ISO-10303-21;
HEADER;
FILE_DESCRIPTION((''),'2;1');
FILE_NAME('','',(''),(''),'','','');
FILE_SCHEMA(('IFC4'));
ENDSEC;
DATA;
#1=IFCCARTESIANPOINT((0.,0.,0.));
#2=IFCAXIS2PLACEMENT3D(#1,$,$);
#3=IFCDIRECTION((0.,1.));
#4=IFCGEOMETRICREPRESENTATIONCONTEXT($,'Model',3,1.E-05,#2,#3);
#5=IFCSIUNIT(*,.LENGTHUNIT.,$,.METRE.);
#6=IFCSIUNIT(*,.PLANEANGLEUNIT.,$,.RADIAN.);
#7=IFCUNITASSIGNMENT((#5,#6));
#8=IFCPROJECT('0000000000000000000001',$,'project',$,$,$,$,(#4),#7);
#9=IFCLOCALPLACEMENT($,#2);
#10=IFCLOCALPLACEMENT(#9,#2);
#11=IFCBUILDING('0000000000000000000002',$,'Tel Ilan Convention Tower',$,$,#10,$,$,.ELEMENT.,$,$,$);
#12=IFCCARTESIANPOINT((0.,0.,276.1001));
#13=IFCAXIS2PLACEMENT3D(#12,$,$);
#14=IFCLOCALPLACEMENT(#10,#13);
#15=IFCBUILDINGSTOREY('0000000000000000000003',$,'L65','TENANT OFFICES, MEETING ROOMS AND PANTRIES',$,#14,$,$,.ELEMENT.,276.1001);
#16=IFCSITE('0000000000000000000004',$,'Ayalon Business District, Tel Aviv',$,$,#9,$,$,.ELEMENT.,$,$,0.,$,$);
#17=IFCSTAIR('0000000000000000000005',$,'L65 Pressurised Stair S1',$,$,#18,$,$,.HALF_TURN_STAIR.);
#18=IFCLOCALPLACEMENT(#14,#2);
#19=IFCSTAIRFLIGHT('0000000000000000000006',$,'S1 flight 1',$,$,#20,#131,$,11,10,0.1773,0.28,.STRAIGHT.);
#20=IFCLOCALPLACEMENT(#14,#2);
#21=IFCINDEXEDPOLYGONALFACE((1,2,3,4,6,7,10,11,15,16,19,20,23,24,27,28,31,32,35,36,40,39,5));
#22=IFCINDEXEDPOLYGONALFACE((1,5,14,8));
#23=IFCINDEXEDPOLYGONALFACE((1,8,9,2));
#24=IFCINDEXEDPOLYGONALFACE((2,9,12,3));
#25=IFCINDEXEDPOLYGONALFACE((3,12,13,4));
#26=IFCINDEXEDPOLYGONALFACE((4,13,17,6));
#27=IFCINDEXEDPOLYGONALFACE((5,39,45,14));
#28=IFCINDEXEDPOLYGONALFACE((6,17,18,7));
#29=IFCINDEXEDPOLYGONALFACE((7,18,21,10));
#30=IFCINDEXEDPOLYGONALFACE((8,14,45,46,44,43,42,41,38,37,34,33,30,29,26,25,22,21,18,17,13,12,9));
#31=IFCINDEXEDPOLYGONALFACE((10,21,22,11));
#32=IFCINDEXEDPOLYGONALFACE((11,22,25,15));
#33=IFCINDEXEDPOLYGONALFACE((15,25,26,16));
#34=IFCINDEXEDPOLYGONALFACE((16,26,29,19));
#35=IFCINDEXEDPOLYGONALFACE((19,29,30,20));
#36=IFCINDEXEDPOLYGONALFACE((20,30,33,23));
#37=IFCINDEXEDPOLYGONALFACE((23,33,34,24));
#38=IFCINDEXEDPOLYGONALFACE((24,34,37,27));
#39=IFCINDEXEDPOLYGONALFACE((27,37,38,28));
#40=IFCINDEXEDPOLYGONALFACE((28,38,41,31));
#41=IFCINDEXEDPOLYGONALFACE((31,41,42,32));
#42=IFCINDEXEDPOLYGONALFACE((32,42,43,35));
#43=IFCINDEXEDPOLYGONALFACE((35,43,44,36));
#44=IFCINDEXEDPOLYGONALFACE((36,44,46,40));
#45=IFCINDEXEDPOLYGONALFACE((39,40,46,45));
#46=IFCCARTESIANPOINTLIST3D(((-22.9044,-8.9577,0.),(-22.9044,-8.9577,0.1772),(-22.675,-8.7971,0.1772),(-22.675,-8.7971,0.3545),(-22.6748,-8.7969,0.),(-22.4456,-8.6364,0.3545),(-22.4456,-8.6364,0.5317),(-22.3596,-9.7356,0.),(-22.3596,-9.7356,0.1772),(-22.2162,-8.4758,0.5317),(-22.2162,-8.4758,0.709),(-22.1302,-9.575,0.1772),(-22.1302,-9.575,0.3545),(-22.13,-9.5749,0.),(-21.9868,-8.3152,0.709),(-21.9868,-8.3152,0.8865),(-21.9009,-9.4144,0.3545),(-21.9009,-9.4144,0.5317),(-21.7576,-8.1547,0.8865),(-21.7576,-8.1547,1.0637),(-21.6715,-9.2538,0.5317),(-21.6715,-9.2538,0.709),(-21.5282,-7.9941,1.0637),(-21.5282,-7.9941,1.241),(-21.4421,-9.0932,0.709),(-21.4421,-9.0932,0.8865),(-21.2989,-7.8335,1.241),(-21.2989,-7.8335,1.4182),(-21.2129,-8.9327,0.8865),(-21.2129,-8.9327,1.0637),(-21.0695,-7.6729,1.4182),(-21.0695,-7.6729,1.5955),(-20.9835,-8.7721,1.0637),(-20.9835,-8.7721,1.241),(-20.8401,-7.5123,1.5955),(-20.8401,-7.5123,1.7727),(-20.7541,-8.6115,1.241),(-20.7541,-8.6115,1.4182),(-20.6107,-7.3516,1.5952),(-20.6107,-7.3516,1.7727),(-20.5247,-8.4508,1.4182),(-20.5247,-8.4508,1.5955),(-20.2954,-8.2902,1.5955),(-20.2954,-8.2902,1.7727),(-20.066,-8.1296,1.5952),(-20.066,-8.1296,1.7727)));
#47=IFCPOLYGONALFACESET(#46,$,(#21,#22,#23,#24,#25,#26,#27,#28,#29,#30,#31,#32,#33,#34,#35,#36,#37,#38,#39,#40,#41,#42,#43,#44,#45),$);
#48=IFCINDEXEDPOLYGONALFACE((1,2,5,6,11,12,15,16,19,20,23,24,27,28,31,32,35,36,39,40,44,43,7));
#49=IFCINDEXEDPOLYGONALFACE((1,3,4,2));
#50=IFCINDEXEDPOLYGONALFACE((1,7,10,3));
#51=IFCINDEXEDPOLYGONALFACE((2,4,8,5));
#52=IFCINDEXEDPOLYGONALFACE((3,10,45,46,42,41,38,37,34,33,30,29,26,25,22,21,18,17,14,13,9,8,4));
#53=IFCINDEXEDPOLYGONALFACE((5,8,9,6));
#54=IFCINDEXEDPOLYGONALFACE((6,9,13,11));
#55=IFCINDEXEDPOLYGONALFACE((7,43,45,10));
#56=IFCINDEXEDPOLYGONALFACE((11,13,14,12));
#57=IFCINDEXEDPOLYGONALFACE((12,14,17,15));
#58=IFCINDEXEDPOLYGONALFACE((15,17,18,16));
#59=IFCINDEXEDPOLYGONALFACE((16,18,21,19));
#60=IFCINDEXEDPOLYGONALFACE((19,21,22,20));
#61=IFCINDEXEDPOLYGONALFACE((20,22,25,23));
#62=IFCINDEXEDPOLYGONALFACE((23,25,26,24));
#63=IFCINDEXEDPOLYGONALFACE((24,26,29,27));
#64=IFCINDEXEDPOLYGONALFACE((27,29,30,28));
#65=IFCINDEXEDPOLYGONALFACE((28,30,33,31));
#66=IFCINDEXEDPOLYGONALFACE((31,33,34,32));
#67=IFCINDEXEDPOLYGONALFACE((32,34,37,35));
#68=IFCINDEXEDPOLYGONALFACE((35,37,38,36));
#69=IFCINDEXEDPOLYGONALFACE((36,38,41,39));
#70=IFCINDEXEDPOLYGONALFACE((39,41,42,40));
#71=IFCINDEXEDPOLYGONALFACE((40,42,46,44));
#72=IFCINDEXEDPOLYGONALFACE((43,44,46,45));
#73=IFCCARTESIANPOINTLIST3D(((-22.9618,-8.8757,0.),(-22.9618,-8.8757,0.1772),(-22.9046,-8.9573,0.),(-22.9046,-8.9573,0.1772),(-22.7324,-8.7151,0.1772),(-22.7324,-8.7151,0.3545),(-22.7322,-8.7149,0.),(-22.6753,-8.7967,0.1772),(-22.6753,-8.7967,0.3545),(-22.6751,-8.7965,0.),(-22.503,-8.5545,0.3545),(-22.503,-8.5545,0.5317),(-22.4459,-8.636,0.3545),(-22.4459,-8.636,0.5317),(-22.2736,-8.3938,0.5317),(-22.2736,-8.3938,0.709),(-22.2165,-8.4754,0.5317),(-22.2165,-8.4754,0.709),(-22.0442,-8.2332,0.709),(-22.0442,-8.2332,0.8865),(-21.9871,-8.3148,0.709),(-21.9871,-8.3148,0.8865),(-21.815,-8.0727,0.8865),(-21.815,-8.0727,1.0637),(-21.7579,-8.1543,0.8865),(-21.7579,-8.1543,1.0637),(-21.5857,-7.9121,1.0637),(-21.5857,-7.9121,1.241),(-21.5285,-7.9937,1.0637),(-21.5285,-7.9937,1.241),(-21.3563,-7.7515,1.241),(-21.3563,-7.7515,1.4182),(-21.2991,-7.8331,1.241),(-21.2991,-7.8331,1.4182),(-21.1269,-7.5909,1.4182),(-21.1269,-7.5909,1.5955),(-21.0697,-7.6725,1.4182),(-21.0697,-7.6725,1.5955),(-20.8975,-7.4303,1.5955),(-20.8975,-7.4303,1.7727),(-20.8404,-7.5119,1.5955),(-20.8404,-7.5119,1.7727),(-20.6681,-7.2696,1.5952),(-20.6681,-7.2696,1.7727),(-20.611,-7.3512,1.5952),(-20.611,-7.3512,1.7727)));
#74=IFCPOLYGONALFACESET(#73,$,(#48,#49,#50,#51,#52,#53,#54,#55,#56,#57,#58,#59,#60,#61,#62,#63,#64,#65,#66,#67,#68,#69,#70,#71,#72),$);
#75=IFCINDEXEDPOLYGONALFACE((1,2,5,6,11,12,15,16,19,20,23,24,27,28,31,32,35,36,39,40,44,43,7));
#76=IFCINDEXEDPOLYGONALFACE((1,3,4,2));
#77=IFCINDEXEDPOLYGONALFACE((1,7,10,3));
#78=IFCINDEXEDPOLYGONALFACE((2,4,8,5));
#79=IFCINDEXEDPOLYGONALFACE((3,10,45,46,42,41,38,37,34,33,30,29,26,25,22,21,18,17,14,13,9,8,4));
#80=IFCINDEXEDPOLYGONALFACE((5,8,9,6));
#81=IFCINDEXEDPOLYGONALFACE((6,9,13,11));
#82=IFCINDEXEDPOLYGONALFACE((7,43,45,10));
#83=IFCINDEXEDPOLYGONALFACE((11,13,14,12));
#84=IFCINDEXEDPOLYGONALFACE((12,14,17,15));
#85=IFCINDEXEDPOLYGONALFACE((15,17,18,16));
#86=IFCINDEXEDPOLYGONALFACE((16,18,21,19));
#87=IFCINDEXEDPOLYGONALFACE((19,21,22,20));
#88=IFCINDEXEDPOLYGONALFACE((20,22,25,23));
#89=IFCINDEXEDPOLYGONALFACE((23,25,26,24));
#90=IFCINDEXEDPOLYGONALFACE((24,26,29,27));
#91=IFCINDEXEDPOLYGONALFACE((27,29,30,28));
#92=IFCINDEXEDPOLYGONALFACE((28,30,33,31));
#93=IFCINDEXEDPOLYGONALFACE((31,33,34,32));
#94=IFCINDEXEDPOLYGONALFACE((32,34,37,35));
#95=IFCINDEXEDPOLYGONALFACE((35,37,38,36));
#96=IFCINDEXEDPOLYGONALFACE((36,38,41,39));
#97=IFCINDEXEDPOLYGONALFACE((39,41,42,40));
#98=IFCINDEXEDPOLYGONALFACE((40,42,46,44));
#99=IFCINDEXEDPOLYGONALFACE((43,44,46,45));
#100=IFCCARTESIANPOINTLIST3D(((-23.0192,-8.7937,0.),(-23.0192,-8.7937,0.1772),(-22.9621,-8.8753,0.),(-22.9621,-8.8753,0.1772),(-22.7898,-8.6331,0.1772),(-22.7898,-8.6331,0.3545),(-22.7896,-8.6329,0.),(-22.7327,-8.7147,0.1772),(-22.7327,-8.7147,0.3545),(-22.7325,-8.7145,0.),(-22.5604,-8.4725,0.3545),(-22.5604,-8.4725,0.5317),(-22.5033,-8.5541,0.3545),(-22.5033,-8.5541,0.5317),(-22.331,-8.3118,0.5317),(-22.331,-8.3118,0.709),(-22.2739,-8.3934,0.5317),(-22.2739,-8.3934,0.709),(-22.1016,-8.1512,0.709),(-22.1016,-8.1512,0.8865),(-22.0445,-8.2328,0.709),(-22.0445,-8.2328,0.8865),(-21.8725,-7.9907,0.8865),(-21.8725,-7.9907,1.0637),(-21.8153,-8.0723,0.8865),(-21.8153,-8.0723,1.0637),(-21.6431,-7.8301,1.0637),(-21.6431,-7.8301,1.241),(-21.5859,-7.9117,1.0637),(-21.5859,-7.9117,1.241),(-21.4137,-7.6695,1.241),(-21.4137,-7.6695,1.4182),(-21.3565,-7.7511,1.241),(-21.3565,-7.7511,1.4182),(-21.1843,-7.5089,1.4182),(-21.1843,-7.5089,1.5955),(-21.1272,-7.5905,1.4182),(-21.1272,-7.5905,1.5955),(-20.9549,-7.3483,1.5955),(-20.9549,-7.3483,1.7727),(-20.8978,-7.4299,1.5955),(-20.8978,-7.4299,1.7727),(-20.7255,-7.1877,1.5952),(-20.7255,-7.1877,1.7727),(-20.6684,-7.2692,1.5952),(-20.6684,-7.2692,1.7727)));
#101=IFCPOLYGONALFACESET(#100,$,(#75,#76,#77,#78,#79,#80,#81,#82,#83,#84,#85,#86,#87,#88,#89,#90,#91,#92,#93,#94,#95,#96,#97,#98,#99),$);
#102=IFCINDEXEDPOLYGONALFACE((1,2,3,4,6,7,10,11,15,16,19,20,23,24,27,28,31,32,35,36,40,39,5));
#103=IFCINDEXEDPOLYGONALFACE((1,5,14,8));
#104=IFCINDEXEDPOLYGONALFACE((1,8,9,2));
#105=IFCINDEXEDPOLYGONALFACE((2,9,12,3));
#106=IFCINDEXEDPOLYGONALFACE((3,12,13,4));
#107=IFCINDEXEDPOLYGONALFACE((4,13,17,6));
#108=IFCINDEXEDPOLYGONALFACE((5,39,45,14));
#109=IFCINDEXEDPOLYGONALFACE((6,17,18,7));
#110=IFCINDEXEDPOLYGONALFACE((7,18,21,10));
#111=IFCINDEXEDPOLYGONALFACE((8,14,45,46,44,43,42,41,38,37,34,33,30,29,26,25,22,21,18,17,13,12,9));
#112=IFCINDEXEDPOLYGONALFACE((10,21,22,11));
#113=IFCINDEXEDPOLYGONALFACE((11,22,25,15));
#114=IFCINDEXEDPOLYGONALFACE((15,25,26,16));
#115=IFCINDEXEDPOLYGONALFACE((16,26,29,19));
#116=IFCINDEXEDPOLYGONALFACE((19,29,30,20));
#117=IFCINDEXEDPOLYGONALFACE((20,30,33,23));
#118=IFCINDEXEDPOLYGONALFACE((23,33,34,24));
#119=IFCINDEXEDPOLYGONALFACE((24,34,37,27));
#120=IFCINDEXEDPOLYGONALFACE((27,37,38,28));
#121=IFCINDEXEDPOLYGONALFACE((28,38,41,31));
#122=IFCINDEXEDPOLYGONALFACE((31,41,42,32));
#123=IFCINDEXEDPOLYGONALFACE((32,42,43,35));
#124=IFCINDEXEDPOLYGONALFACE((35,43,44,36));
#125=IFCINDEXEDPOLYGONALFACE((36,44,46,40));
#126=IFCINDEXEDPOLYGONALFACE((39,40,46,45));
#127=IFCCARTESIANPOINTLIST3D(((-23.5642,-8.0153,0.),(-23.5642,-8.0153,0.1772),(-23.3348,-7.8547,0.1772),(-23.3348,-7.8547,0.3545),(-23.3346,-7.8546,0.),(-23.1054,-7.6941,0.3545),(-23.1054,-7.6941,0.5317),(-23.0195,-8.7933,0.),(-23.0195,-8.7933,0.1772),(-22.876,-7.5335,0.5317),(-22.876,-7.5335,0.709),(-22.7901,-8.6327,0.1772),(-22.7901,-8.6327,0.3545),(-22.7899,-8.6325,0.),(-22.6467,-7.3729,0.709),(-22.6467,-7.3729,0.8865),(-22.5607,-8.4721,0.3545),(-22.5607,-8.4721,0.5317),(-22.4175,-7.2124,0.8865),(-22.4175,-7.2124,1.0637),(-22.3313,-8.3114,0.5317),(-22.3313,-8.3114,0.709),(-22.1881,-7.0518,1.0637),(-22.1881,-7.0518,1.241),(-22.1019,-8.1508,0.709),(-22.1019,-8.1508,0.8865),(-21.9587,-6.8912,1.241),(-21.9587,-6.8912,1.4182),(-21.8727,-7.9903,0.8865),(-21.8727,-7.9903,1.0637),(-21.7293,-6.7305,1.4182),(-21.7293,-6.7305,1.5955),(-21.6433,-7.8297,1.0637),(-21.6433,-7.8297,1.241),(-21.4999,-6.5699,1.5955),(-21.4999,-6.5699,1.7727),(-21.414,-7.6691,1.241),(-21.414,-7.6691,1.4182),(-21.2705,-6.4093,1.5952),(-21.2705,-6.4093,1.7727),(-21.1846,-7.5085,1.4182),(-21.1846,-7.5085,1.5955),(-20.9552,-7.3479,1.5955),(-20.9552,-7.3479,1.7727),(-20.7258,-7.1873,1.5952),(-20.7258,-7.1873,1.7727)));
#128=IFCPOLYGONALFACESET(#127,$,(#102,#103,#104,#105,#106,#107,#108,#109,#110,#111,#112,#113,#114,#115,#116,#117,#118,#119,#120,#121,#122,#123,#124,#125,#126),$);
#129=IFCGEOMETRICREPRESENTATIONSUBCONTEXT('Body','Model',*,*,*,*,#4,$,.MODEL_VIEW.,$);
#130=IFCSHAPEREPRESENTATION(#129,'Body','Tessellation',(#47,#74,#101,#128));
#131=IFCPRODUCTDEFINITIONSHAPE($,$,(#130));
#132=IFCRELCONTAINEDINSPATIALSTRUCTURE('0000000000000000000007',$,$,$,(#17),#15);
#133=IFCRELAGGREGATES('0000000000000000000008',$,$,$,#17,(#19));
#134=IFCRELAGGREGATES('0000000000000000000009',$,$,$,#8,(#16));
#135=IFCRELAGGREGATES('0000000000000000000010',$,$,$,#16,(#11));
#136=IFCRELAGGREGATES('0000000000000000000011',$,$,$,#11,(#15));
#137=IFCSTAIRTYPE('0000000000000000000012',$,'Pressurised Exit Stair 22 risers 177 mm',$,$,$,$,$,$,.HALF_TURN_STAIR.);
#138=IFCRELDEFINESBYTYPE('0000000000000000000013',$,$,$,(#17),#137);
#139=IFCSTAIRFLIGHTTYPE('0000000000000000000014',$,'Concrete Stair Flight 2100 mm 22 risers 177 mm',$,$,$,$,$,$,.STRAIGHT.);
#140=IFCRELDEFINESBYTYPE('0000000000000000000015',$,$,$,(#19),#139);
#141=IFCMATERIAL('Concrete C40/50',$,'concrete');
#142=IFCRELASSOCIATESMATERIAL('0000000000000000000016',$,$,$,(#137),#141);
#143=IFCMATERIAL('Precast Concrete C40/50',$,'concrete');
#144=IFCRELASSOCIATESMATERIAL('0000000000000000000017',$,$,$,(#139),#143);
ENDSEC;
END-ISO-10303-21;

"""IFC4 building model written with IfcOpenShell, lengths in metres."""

from ifc_helpers import new_model, si_unit, direction, frame, origin, place, context, subcontext, project, spatial, polyline, outline, extrude, material, type_object, element, aggregate, save


model = new_model("IFC4")

# Units and contexts
model_context = context("Model", 3, precision=1e-05, world=origin(), true_north=direction((0.0, 1.0)))
body_context = subcontext(model_context, "Body", "Model", "MODEL_VIEW")
ifc_project = project(units=[si_unit("LENGTHUNIT", "METRE"), si_unit("PLANEANGLEUNIT", "RADIAN")], contexts=[model_context])

# Site, building, storey
site_placement = place(None, origin())
site = spatial("IfcSite", under=ifc_project, at=site_placement, Name="Ayalon Business District, Tel Aviv", CompositionType="ELEMENT", RefElevation=0.0)
building_placement = place(site_placement, origin())
building = spatial("IfcBuilding", under=site, at=building_placement, Name="Tel Ilan Convention Tower", CompositionType="ELEMENT")
storey_placement = place(building_placement, frame((0.0, 0.0, 276.1001)))
storey = spatial("IfcBuildingStorey", under=building, at=storey_placement, Name="L65", Description="TENANT OFFICES, MEETING ROOMS AND PANTRIES", CompositionType="ELEMENT", Elevation=276.1001)

# Stair, stair flight
ifc_material_1 = material(Name="Concrete C40/50", Category="concrete")
stair_type = type_object("IfcStairType", Name="Pressurised Exit Stair 22 risers 177 mm", PredefinedType="HALF_TURN_STAIR", material=ifc_material_1)
stair_1_placement = place(storey_placement, origin())
stair_1 = element("IfcStair", 1, at=stair_1_placement, inside=storey, type_object=stair_type, Name="L65 Pressurised Stair S1", PredefinedType="HALF_TURN_STAIR")
ifc_material_2 = material(Name="Precast Concrete C40/50", Category="concrete")
stair_flight_type = type_object("IfcStairFlightType", Name="Concrete Stair Flight 2100 mm 22 risers 177 mm", PredefinedType="STRAIGHT", material=ifc_material_2)
stair_flight_1_placement = place(storey_placement, frame((-22.9619, -8.8755, 0.0), z_axis=(0.0, 0.0, 1.0), x_axis=(0.819152, 0.573576, 0.0)))
stair_flight_1 = element("IfcStairFlight", 2, at=stair_flight_1_placement, type_object=stair_flight_type, Name="S1 flight 1", NumberOfRisers=11, NumberOfTreads=10, PredefinedType="STRAIGHT", RiserHeight=0.1773, TreadLength=0.28, context=body_context, shape_type="SweptSolid", body=[
    extrude(outline(polyline([(0.0, 0.0), (0.0, 0.1772), (0.28, 0.1772), (0.28, 0.3545), (0.5601, 0.3545), (0.5601, 0.5317), (0.8401, 0.5317), (0.8401, 0.709), (1.1201, 0.709), (1.1201, 0.8865), (1.3999, 0.8865), (1.3999, 1.0637), (1.6799, 1.0637), (1.6799, 1.241), (1.96, 1.241), (1.96, 1.4182), (2.24, 1.4182), (2.24, 1.5955), (2.52, 1.5955), (2.52, 1.7727), (2.8, 1.7727), (2.8, 1.95), (2.8, 1.5952), (0.2803, 0.0), (0.0, 0.0)])), frame((0.0, -0.1003, 0.0), z_axis=(0.0, -1.0, 0.0), x_axis=(1.0, 0.0, 0.0)), (0.0, 0.0, 1.0), 0.9497),
    extrude(outline(polyline([(0.0, 0.0), (0.0, 0.1772), (0.28, 0.1772), (0.28, 0.3545), (0.5601, 0.3545), (0.5601, 0.5317), (0.8401, 0.5317), (0.8401, 0.709), (1.1201, 0.709), (1.1201, 0.8865), (1.3999, 0.8865), (1.3999, 1.0637), (1.6799, 1.0637), (1.6799, 1.241), (1.96, 1.241), (1.96, 1.4182), (2.24, 1.4182), (2.24, 1.5955), (2.52, 1.5955), (2.52, 1.7727), (2.8, 1.7727), (2.8, 1.95), (2.8, 1.5952), (0.2803, 0.0), (0.0, 0.0)])), frame((0.0, -0.0002, 0.0), z_axis=(0.0, -1.0, 0.0), x_axis=(1.0, 0.0, 0.0)), (0.0, 0.0, 1.0), 0.0996),
    extrude(outline(polyline([(0.0, 0.0), (0.0, 0.1772), (0.28, 0.1772), (0.28, 0.3545), (0.5601, 0.3545), (0.5601, 0.5317), (0.8401, 0.5317), (0.8401, 0.709), (1.1201, 0.709), (1.1201, 0.8865), (1.3999, 0.8865), (1.3999, 1.0637), (1.6799, 1.0637), (1.6799, 1.241), (1.96, 1.241), (1.96, 1.4182), (2.24, 1.4182), (2.24, 1.5955), (2.52, 1.5955), (2.52, 1.7727), (2.8, 1.7727), (2.8, 1.95), (2.8, 1.5952), (0.2803, 0.0), (0.0, 0.0)])), frame((0.0, 0.0999, 0.0), z_axis=(0.0, -1.0, 0.0), x_axis=(1.0, 0.0, 0.0)), (0.0, 0.0, 1.0), 0.0996),
    extrude(outline(polyline([(0.0, 0.0), (0.0, 0.1772), (0.28, 0.1772), (0.28, 0.3545), (0.5601, 0.3545), (0.5601, 0.5317), (0.8401, 0.5317), (0.8401, 0.709), (1.1201, 0.709), (1.1201, 0.8865), (1.3999, 0.8865), (1.3999, 1.0637), (1.6799, 1.0637), (1.6799, 1.241), (1.96, 1.241), (1.96, 1.4182), (2.24, 1.4182), (2.24, 1.5955), (2.52, 1.5955), (2.52, 1.7727), (2.8, 1.7727), (2.8, 1.95), (2.8, 1.5952), (0.2803, 0.0), (0.0, 0.0)])), frame((0.0, 1.05, 0.0), z_axis=(0.0, -1.0, 0.0), x_axis=(1.0, 0.0, 0.0)), (0.0, 0.0, 1.0), 0.9497),
])
aggregate(stair_1, [stair_flight_1])

save(model, "model.ifc")
